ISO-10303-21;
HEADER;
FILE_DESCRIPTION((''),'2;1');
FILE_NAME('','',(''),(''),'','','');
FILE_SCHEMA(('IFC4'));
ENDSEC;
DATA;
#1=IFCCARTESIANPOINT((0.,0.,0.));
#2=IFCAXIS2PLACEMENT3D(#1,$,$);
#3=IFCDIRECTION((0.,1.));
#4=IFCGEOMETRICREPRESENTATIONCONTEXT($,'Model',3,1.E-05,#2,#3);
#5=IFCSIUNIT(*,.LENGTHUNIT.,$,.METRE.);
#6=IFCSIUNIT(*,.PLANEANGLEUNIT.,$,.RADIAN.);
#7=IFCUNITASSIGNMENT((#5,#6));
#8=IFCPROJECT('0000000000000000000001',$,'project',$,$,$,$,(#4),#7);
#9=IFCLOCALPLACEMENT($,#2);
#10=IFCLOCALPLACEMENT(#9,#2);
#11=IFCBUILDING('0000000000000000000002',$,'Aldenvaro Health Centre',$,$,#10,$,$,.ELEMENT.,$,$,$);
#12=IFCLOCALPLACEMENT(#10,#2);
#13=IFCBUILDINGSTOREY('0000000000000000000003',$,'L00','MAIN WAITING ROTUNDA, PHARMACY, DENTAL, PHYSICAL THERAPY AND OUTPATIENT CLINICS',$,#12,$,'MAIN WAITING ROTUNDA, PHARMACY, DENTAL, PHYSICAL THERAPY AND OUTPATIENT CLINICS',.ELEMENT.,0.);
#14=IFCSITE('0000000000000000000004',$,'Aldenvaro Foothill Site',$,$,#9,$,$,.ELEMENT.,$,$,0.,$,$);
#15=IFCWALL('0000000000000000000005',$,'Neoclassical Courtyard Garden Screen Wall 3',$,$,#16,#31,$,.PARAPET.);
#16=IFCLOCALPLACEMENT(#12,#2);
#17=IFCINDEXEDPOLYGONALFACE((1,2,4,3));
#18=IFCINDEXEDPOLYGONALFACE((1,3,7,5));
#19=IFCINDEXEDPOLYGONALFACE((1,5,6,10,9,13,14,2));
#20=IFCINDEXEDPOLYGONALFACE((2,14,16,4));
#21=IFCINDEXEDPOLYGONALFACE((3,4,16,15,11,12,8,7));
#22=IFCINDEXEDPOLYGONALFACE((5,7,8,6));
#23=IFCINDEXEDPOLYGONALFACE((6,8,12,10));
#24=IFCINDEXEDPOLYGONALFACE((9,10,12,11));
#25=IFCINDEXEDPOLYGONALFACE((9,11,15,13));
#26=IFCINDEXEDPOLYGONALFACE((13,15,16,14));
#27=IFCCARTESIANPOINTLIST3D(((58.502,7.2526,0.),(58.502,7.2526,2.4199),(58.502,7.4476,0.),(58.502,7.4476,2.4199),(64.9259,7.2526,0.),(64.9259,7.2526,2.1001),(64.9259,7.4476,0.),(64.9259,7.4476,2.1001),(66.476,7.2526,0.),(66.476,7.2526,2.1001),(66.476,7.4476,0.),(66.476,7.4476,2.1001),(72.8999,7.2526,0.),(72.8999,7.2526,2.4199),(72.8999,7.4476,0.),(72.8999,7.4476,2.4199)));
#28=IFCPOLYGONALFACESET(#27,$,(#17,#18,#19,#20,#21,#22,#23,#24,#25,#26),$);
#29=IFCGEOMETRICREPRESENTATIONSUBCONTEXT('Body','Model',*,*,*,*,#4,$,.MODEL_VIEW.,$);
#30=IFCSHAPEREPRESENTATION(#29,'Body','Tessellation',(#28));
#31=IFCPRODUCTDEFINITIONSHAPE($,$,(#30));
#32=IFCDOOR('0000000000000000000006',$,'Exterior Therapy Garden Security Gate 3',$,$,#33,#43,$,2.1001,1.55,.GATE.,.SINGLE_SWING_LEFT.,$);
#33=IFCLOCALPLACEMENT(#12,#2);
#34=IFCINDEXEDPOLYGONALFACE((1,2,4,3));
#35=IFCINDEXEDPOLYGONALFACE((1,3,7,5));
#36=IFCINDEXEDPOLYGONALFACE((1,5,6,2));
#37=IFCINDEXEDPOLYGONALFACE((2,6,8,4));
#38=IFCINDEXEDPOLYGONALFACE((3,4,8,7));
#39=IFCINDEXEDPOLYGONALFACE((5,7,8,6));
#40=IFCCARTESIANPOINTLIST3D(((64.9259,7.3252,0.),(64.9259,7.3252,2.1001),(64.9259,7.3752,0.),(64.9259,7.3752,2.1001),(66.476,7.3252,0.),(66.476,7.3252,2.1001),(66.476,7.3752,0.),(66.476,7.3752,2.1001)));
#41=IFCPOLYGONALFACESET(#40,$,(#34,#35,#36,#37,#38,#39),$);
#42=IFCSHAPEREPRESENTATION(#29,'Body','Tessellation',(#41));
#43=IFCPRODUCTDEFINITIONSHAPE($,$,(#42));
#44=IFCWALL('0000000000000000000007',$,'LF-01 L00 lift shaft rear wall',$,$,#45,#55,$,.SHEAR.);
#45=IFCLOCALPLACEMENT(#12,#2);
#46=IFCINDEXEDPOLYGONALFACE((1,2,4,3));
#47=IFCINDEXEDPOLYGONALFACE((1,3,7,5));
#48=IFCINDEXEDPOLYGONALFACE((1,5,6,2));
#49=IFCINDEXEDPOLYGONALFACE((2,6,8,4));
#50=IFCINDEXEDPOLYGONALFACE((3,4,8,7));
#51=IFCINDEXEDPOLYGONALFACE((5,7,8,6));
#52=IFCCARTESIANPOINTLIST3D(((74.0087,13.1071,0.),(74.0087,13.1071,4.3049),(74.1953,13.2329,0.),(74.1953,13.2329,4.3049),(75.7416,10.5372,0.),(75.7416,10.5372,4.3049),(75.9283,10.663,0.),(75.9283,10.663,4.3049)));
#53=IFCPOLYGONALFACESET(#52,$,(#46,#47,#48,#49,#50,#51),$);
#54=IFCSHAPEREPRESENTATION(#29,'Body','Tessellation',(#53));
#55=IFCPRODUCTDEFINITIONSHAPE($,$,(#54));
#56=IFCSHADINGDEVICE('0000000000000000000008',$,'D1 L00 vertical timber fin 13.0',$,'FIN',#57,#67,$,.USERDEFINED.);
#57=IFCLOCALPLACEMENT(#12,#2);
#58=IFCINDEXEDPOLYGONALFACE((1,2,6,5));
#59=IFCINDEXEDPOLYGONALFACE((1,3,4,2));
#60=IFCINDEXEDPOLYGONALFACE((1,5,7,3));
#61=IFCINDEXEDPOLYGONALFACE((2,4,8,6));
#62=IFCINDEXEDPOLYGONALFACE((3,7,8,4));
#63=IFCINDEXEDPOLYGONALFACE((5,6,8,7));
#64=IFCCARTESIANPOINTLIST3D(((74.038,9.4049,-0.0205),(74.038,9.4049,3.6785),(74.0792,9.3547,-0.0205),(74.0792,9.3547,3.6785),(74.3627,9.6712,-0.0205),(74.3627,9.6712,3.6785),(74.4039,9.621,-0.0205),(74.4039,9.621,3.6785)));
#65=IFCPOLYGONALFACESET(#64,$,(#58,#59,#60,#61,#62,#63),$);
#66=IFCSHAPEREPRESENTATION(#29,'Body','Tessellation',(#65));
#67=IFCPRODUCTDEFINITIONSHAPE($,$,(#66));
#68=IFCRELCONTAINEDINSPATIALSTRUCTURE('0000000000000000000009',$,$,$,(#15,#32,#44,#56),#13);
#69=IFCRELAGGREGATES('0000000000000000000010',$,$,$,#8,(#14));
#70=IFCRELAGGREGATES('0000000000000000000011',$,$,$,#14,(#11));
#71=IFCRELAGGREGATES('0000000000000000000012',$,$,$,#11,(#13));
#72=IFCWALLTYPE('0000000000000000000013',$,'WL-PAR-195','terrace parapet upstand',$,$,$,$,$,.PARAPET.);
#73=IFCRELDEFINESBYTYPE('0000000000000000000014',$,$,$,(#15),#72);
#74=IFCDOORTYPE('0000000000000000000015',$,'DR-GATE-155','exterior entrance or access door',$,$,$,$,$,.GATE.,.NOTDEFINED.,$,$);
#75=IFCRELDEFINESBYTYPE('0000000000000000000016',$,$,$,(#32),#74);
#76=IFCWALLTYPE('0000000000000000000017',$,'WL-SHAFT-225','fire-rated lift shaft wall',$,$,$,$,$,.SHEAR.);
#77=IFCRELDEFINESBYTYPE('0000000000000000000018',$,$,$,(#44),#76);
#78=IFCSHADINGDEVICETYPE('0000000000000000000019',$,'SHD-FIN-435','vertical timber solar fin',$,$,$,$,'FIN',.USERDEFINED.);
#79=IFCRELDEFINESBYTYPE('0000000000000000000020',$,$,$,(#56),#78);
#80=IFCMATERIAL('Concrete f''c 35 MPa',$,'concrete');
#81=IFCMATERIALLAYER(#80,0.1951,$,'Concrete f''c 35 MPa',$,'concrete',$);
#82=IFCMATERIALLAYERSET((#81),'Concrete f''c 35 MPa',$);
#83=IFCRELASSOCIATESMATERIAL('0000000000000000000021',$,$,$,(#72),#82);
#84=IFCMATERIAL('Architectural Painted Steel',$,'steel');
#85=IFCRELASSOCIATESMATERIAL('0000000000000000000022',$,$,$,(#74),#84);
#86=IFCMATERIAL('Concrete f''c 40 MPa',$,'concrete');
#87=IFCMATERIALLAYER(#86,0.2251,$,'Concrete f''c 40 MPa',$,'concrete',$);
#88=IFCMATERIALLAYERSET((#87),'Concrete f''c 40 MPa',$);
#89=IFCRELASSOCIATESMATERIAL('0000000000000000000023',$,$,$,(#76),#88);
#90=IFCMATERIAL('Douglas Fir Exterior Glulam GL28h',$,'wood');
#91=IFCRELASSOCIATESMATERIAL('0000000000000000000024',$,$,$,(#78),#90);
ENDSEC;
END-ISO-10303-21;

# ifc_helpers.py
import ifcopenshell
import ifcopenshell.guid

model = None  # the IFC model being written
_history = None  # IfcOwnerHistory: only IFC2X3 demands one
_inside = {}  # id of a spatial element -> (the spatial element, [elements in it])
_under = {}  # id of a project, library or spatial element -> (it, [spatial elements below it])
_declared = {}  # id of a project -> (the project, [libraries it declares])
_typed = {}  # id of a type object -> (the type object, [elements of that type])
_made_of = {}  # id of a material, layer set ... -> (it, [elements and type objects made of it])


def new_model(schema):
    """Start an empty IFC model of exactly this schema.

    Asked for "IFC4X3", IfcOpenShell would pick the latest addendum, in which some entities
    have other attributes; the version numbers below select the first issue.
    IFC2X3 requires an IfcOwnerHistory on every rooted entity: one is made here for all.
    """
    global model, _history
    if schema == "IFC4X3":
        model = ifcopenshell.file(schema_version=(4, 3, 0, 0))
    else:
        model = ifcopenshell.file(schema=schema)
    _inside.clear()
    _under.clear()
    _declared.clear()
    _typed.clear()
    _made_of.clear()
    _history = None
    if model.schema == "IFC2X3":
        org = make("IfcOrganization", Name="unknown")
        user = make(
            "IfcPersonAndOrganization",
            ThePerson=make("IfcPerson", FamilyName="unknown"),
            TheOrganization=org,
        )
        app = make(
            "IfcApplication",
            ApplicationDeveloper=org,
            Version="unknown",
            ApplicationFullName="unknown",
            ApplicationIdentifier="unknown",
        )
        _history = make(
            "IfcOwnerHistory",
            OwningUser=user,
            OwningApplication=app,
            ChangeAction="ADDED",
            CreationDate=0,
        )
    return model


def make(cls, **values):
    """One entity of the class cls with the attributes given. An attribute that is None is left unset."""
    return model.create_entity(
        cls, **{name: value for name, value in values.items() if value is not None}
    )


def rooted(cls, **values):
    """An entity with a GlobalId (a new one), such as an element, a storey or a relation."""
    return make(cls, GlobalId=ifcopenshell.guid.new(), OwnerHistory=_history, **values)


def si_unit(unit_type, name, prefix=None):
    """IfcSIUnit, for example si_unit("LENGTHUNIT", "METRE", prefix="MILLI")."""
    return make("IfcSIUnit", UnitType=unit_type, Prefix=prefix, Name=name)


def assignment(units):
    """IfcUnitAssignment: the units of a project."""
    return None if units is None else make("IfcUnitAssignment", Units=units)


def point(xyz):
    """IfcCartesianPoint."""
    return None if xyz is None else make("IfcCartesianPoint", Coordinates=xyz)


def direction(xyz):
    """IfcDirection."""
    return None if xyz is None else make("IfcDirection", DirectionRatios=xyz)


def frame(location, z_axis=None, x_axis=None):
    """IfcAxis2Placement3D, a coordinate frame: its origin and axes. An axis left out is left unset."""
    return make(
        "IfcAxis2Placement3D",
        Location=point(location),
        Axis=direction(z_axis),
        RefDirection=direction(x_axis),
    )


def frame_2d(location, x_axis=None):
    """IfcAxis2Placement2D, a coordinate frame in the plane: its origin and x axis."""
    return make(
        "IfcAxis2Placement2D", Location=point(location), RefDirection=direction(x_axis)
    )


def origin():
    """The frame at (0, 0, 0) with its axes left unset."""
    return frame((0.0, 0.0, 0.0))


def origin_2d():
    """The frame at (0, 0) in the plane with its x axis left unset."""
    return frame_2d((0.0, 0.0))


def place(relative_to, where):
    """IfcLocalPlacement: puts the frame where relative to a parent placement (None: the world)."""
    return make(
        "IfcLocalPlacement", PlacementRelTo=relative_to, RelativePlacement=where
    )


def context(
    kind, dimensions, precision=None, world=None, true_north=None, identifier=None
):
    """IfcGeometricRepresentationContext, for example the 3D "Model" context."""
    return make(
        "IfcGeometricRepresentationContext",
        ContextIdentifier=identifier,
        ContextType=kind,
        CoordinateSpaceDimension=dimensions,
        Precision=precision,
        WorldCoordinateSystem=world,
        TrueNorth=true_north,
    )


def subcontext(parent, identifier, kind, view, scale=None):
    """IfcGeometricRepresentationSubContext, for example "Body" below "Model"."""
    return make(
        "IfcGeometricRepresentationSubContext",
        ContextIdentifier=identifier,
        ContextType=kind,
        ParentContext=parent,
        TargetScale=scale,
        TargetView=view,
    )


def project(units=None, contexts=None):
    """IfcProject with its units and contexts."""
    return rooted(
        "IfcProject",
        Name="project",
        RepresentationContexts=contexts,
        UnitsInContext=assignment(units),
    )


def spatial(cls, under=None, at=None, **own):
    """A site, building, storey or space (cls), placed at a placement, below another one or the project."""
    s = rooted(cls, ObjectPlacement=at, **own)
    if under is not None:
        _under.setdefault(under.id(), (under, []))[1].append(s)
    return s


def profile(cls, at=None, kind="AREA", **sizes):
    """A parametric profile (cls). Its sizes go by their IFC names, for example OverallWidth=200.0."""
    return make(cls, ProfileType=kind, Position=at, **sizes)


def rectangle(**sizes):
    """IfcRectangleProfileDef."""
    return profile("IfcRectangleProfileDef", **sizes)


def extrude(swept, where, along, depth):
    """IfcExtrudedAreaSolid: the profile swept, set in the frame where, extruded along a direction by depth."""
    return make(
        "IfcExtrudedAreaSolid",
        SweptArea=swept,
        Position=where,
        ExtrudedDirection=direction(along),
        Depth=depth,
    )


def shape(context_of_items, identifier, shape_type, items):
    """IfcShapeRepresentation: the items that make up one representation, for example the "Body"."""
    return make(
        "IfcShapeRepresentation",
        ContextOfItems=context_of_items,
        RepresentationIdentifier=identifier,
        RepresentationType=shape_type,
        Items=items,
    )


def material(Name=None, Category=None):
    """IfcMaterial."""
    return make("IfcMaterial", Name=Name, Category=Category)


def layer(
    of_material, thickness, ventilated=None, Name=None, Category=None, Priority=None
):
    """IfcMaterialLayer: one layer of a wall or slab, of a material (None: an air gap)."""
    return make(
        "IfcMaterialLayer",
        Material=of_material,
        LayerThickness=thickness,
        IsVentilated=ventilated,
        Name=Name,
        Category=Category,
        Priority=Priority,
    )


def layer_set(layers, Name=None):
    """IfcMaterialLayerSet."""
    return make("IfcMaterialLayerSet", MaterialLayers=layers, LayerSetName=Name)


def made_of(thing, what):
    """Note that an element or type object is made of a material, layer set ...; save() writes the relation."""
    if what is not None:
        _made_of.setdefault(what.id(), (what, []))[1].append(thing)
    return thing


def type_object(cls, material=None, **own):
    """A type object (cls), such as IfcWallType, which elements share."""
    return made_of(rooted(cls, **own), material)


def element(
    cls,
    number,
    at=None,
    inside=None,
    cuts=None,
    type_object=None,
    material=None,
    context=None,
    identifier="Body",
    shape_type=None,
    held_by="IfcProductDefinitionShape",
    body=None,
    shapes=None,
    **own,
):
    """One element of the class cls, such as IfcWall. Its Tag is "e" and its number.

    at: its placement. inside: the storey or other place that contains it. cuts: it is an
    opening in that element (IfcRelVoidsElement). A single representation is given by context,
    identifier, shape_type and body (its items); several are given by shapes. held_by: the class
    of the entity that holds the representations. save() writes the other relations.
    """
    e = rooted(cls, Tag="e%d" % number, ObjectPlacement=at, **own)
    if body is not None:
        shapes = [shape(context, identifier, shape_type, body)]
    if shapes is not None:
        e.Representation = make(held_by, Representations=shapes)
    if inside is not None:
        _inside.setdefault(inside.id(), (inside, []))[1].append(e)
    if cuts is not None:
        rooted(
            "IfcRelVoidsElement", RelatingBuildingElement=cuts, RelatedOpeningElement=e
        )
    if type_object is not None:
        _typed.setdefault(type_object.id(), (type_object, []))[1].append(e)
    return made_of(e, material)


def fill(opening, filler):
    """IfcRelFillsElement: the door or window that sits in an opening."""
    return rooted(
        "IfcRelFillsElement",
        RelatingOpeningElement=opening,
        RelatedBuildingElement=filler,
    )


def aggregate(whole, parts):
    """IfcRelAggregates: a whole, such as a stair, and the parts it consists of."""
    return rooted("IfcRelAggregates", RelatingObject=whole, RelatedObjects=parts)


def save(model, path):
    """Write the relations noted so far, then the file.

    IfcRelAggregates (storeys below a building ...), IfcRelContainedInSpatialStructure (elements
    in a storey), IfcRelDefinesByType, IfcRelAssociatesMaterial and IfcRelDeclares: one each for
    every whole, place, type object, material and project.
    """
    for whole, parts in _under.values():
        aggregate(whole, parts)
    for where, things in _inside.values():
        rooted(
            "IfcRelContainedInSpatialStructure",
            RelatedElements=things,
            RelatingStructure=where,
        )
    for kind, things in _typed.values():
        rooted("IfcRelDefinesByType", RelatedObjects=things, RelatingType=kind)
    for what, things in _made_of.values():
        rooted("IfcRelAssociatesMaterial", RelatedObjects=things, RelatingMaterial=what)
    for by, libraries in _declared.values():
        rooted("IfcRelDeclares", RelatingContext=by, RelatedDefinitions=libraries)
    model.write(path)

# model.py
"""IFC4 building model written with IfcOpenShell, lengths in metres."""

from ifc_helpers import new_model, si_unit, direction, frame, frame_2d, origin, origin_2d, place, context, subcontext, project, spatial, rectangle, extrude, material, layer, layer_set, type_object, element, fill, save


model = new_model("IFC4")

# Units and contexts
model_context = context("Model", 3, precision=1e-05, world=origin(), true_north=direction((0.0, 1.0)))
body_context = subcontext(model_context, "Body", "Model", "MODEL_VIEW")
ifc_project = project(units=[si_unit("LENGTHUNIT", "METRE"), si_unit("PLANEANGLEUNIT", "RADIAN")], contexts=[model_context])

# Site, building, storey
site_placement = place(None, origin())
site = spatial("IfcSite", under=ifc_project, at=site_placement, Name="Aldenvaro Foothill Site", CompositionType="ELEMENT", RefElevation=0.0)
building_placement = place(site_placement, origin())
building = spatial("IfcBuilding", under=site, at=building_placement, Name="Aldenvaro Health Centre", CompositionType="ELEMENT")
storey_placement = place(building_placement, origin())
storey = spatial("IfcBuildingStorey", under=building, at=storey_placement, Name="L00", Description="MAIN WAITING ROTUNDA, PHARMACY, DENTAL, PHYSICAL THERAPY AND OUTPATIENT CLINICS", LongName="MAIN WAITING ROTUNDA, PHARMACY, DENTAL, PHYSICAL THERAPY AND OUTPATIENT CLINICS", CompositionType="ELEMENT", Elevation=0.0)

# Shared definitions
ifc_material_1 = material(Name="Concrete f'c 40 MPa", Category="concrete")

# Shared definitions
ifc_material_2 = material(Name="Concrete f'c 35 MPa", Category="concrete")

# Wall, opening, door
ifc_layer_1 = layer(ifc_material_2, 0.1951, Name="Concrete f'c 35 MPa", Category="concrete")
ifc_layer_set_1 = layer_set([ifc_layer_1], Name="Concrete f'c 35 MPa")
wall_type_1 = type_object("IfcWallType", Name="WL-PAR-195", Description="terrace parapet upstand", PredefinedType="PARAPET", material=ifc_layer_set_1)
wall_1_placement = place(storey_placement, frame((72.8999, 7.3501, 0.0), z_axis=(0.0, 0.0, 1.0), x_axis=(-1.0, 0.0, 0.0)))
wall_1 = element("IfcWall", 1, at=wall_1_placement, inside=storey, type_object=wall_type_1, Name="Neoclassical Courtyard Garden Screen Wall 3", PredefinedType="PARAPET", context=body_context, shape_type="SweptSolid", body=[
    extrude(rectangle(XDim=14.3979, YDim=0.1951, at=frame_2d((7.199, 0.0))), origin(), (0.0, 0.0, 1.0), 2.4199),
])
opening_placement = place(wall_1_placement, frame((6.4241, 0.0, 0.0)))
opening = element("IfcOpeningElement", 2, at=opening_placement, cuts=wall_1, PredefinedType="OPENING", context=body_context, shape_type="SweptSolid", body=[
    extrude(rectangle(XDim=1.55, YDim=2.1001, at=frame_2d((0.7749, 1.05))), frame((0.0, 0.1074, 0.0), z_axis=(0.0, -1.0, 0.0), x_axis=(1.0, 0.0, 0.0)), (0.0, 0.0, 1.0), 0.2151),
])
ifc_material_3 = material(Name="Architectural Painted Steel", Category="steel")
door_type = type_object("IfcDoorType", Name="DR-GATE-155", Description="exterior entrance or access door", OperationType="NOTDEFINED", PredefinedType="GATE", material=ifc_material_3)
door_placement = place(opening_placement, origin())
door = element("IfcDoor", 3, at=door_placement, inside=storey, type_object=door_type, Name="Exterior Therapy Garden Security Gate 3", OperationType="SINGLE_SWING_LEFT", OverallHeight=2.1001, OverallWidth=1.55, PredefinedType="GATE", context=body_context, shape_type="SweptSolid", body=[
    extrude(rectangle(XDim=1.55, YDim=2.1001, at=frame_2d((0.7749, 1.05))), frame((0.0, 0.0249, 0.0), z_axis=(0.0, -1.0, 0.0), x_axis=(1.0, 0.0, 0.0)), (0.0, 0.0, 1.0), 0.05),
])
fill(opening, door)

# Wall
ifc_layer_2 = layer(ifc_material_1, 0.2251, Name="Concrete f'c 40 MPa", Category="concrete")
ifc_layer_set_2 = layer_set([ifc_layer_2], Name="Concrete f'c 40 MPa")
wall_type_2 = type_object("IfcWallType", Name="WL-SHAFT-225", Description="fire-rated lift shaft wall", PredefinedType="SHEAR", material=ifc_layer_set_2)
wall_2_placement = place(storey_placement, frame((75.835, 10.6001, 0.0), z_axis=(0.0, 0.0, 1.0), x_axis=(-0.559091, 0.829106, 0.0)))
element("IfcWall", 4, at=wall_2_placement, inside=storey, type_object=wall_type_2, Name="LF-01 L00 lift shaft rear wall", PredefinedType="SHEAR", context=body_context, shape_type="SweptSolid", body=[
    extrude(rectangle(XDim=3.0996, YDim=0.2251, at=frame_2d((1.5498, 0.0))), origin(), (0.0, 0.0, 1.0), 4.3049),
])

# Shading device
ifc_material_4 = material(Name="Douglas Fir Exterior Glulam GL28h", Category="wood")
shading_device_type = type_object("IfcShadingDeviceType", Name="SHD-FIN-435", Description="vertical timber solar fin", ElementType="FIN", PredefinedType="USERDEFINED", material=ifc_material_4)
shading_device_placement = place(storey_placement, frame((74.2209, 9.5129, -0.0205), z_axis=(0.0, 0.0, 1.0), x_axis=(-0.634169, 0.773195, 0.0)))
element("IfcShadingDevice", 5, at=shading_device_placement, inside=storey, type_object=shading_device_type, Name="D1 L00 vertical timber fin 13.0", ObjectType="FIN", PredefinedType="USERDEFINED", context=body_context, shape_type="SweptSolid", body=[
    extrude(rectangle(XDim=0.0649, YDim=0.4199, at=origin_2d()), origin(), (0.0, 0.0, 1.0), 3.699),
])

save(model, "model.ifc")
